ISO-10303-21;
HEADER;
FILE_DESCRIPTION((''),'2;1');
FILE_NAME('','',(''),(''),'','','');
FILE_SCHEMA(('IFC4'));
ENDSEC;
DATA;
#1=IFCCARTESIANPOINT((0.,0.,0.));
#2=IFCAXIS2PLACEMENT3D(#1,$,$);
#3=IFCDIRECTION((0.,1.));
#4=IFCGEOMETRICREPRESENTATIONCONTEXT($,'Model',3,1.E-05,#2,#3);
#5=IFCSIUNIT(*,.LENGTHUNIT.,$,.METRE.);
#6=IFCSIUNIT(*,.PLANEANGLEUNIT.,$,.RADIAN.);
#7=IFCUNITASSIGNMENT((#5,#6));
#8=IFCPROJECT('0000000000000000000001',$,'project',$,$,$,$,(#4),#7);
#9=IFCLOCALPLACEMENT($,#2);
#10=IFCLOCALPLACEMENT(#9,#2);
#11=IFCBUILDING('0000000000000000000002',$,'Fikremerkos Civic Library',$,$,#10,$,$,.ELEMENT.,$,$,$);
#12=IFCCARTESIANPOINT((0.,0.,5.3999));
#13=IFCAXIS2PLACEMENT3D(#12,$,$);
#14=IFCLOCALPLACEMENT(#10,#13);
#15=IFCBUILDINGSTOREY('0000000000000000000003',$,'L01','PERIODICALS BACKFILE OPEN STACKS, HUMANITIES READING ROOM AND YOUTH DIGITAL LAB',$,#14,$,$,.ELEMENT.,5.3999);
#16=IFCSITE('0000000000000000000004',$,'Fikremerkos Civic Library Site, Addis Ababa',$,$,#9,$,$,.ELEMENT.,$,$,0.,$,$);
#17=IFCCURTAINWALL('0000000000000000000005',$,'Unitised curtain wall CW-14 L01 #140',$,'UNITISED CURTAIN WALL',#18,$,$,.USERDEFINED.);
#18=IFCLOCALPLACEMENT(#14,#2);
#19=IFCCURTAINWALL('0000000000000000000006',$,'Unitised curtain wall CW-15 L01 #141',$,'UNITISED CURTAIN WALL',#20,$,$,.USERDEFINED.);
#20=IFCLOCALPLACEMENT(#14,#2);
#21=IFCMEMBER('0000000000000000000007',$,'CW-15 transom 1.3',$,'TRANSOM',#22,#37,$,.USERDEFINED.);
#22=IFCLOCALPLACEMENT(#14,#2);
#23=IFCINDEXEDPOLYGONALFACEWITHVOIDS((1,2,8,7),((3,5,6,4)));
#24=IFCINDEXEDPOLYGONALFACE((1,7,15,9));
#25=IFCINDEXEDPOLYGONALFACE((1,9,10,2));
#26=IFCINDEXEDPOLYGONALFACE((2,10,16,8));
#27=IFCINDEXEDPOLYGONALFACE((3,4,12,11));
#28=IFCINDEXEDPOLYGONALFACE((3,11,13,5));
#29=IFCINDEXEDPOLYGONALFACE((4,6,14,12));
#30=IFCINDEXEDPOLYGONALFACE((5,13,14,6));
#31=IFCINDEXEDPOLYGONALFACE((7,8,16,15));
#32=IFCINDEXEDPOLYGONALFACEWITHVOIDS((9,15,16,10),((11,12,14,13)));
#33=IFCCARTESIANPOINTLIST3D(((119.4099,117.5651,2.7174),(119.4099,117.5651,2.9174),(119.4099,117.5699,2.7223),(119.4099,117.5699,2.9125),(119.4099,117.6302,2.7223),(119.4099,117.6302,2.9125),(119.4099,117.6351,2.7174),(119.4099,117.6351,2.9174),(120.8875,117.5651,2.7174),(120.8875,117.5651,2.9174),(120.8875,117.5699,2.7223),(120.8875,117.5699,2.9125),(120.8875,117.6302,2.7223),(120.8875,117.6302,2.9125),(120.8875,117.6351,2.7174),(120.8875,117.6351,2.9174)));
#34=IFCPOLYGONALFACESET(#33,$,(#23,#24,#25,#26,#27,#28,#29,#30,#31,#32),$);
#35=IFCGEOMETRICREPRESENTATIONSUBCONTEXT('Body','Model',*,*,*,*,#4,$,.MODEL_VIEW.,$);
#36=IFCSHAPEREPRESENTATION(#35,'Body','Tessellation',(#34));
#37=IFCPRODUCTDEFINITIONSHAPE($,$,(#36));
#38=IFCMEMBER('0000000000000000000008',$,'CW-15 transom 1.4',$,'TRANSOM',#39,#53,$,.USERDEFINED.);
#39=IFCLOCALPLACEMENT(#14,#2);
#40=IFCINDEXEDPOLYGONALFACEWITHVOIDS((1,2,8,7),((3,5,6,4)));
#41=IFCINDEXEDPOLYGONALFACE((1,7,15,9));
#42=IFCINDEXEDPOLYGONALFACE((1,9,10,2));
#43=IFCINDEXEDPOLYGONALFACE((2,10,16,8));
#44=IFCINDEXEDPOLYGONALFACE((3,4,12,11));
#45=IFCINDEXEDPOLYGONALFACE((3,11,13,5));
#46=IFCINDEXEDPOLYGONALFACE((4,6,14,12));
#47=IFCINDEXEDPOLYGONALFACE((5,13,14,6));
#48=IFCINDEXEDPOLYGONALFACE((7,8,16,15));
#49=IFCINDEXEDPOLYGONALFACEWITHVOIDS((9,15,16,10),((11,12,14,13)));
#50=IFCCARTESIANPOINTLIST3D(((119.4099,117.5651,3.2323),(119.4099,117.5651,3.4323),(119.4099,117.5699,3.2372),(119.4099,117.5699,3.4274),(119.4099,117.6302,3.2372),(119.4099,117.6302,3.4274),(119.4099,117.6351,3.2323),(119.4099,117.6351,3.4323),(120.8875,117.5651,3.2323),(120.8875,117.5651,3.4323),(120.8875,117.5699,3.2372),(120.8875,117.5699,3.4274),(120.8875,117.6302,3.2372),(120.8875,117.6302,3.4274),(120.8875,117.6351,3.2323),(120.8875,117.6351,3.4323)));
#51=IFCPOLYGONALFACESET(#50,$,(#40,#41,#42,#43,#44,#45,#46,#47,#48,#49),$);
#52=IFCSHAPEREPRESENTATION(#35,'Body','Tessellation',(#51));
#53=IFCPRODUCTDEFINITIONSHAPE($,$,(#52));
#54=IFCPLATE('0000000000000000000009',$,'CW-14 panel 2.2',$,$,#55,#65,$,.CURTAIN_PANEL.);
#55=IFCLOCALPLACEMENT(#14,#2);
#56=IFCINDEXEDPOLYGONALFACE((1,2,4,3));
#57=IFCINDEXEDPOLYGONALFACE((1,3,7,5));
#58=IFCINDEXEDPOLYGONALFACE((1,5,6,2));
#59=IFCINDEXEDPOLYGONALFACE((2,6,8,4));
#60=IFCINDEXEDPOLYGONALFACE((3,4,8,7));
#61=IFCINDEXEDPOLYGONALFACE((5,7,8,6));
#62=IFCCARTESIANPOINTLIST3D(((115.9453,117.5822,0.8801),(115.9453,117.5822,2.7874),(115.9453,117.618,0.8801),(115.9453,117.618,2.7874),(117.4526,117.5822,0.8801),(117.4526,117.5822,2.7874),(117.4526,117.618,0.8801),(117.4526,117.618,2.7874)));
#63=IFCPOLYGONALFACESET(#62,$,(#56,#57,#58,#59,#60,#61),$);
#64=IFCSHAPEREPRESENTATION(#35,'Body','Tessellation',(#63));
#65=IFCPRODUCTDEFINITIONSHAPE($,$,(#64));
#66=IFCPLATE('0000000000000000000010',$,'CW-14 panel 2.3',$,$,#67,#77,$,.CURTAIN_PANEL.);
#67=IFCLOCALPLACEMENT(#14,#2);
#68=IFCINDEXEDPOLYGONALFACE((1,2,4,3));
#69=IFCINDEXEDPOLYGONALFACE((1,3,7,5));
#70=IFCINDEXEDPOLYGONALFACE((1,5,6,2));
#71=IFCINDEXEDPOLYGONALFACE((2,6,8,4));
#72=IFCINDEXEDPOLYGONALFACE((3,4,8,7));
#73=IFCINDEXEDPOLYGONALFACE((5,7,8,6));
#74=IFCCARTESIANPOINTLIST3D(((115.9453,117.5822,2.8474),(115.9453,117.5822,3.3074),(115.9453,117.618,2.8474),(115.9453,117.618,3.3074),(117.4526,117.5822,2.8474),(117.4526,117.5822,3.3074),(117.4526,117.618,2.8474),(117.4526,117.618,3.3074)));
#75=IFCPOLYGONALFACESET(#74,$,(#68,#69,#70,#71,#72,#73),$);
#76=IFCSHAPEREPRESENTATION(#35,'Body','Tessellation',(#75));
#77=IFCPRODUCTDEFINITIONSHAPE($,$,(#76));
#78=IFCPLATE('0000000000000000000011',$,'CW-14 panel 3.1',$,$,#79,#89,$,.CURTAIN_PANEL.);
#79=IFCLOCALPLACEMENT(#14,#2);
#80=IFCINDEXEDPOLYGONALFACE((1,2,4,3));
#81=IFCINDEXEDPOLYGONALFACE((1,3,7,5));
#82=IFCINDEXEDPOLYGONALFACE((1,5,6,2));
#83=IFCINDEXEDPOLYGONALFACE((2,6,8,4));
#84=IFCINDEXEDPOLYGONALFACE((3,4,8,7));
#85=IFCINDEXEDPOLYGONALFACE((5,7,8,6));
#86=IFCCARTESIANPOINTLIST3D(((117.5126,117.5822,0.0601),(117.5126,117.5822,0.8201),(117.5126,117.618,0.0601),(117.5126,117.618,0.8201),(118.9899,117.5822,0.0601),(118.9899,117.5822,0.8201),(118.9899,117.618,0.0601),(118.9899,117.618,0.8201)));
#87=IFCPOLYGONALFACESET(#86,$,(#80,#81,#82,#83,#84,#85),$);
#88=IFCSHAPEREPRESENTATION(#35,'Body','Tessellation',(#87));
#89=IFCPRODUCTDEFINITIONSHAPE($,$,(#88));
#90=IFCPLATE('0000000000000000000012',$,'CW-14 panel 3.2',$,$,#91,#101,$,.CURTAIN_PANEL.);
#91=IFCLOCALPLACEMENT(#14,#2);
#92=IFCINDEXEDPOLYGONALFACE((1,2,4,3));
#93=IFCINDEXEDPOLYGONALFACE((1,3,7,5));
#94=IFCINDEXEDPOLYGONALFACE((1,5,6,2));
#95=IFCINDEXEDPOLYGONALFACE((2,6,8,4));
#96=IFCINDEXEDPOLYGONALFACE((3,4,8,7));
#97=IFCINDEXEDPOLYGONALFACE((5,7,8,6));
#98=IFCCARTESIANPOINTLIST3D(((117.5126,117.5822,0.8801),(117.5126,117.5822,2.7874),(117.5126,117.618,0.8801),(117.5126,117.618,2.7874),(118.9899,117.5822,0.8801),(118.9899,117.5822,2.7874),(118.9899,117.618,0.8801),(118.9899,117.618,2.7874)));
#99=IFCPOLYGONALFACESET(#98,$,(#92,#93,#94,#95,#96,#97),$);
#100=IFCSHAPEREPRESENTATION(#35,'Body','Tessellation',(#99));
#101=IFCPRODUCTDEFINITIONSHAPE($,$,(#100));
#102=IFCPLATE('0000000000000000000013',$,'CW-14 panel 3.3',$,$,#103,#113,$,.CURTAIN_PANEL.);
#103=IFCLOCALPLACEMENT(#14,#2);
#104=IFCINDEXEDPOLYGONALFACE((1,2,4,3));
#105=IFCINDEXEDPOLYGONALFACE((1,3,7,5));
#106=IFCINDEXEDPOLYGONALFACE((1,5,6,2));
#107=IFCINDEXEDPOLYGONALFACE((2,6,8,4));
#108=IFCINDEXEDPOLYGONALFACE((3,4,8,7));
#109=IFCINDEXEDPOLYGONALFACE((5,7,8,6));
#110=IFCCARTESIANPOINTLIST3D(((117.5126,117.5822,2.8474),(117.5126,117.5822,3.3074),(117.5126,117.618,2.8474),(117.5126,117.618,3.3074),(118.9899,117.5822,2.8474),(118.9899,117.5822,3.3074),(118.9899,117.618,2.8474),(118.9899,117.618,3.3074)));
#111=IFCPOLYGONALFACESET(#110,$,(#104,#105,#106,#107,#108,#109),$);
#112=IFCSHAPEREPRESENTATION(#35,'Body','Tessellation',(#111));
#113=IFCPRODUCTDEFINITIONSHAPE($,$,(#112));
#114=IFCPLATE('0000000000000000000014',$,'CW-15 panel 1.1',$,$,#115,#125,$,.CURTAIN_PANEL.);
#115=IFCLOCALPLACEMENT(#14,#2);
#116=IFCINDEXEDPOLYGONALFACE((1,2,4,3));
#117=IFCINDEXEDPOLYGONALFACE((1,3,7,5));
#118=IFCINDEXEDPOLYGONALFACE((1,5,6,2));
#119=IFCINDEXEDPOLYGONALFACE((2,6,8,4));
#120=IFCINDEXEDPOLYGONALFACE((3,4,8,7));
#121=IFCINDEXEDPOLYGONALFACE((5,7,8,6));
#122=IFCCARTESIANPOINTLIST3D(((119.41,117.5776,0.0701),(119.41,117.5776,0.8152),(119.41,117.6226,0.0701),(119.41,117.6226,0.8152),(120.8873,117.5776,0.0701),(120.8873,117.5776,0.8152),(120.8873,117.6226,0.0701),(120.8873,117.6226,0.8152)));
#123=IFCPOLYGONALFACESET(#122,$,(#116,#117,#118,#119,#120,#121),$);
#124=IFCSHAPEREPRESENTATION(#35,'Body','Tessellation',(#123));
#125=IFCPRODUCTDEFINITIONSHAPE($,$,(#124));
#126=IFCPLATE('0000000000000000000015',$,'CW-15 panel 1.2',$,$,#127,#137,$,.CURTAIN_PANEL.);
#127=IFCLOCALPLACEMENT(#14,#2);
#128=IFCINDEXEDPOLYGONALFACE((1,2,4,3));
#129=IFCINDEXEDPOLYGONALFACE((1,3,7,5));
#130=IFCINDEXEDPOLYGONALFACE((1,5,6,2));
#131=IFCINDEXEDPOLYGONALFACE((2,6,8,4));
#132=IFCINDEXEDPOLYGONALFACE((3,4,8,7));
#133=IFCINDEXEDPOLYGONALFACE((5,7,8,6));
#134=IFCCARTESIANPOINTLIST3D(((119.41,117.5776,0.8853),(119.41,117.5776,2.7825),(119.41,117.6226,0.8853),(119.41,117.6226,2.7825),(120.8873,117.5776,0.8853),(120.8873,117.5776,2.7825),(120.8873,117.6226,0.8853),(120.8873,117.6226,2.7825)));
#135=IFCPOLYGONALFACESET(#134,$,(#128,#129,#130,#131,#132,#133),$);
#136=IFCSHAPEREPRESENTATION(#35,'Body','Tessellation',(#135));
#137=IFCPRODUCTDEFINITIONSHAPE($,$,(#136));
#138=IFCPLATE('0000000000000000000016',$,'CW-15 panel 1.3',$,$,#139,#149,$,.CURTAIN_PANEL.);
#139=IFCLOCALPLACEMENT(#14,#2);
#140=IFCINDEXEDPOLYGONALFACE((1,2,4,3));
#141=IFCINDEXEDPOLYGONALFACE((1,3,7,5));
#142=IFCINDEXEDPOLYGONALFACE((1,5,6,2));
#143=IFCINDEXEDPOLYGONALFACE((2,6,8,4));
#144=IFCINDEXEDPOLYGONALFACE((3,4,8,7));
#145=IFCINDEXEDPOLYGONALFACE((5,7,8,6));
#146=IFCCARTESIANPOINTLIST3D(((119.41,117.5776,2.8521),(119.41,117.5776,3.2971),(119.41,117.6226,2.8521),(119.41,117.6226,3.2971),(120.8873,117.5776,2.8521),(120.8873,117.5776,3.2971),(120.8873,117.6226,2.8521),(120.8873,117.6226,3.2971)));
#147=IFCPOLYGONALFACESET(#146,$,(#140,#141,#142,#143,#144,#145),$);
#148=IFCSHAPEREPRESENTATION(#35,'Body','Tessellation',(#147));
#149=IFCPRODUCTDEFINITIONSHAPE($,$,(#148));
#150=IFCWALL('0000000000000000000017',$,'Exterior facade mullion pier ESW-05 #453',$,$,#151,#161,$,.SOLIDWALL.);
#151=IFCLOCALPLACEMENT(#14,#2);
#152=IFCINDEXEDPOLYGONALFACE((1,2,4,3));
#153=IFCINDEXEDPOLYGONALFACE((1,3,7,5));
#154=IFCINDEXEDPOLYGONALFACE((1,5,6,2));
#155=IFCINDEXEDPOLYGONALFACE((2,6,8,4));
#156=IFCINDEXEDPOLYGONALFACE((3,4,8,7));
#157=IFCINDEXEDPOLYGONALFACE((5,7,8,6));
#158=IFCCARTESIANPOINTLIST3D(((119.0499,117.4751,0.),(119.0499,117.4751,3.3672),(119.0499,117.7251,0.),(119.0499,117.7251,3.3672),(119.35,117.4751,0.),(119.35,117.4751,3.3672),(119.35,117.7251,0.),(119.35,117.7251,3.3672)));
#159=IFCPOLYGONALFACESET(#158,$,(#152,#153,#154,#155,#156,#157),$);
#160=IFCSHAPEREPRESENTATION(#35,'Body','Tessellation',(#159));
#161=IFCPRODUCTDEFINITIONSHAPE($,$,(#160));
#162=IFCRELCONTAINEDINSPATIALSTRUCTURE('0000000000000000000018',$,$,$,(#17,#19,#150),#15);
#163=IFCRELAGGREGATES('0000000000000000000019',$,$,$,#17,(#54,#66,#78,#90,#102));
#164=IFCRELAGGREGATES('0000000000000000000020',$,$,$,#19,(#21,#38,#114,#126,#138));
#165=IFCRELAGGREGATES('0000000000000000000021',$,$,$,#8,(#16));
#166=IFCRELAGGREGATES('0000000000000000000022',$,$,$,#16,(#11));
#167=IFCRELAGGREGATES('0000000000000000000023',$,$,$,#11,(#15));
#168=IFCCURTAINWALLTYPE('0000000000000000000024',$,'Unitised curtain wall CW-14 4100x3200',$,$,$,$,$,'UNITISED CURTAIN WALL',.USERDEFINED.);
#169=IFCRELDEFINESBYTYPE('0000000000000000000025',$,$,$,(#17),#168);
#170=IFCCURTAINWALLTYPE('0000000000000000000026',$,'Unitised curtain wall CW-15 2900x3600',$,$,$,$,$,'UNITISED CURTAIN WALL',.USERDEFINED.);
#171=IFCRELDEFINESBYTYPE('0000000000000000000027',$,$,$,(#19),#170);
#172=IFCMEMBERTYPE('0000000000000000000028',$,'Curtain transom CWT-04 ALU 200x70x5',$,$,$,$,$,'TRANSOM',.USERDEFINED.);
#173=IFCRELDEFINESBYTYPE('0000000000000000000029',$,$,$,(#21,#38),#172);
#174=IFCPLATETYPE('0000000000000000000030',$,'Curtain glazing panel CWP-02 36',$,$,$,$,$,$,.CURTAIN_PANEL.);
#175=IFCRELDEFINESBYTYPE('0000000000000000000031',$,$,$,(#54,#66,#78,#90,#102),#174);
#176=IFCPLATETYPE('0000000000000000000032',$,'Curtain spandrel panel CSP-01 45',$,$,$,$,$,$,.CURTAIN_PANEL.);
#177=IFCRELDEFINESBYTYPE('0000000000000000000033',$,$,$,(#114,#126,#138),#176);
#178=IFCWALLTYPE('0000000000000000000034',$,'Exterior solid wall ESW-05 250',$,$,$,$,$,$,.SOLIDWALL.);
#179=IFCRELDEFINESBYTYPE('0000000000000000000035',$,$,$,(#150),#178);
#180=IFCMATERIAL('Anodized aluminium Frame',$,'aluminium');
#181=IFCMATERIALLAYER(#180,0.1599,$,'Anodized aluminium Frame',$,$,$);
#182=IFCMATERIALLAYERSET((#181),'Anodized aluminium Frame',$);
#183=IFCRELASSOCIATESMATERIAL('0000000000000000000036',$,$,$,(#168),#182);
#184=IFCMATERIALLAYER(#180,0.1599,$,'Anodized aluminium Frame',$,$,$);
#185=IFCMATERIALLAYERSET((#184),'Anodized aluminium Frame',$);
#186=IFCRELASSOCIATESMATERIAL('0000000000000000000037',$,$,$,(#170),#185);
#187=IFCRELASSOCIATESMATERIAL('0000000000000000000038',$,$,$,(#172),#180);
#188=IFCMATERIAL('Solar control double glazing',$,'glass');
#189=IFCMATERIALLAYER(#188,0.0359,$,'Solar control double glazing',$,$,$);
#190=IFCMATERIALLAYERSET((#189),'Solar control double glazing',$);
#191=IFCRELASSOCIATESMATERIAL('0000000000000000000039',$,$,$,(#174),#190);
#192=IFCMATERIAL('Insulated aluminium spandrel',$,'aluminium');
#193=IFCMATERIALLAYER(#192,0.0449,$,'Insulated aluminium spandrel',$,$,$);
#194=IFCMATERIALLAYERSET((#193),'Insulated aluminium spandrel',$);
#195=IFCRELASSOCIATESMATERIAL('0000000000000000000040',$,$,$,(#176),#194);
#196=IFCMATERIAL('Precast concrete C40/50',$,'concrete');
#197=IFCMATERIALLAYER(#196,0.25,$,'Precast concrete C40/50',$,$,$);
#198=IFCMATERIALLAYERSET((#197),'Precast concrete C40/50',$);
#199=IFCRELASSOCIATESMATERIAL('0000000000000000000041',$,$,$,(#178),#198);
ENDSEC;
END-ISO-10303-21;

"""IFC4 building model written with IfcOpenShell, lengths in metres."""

from ifc_helpers import new_model, si_unit, direction, frame, frame_2d, origin, origin_2d, place, context, subcontext, project, spatial, rectangle, hollow_rectangle, extrude, material, layer, layer_set, material_profile, profile_set, type_object, element, aggregate, save


model = new_model("IFC4")

# Units and contexts
model_context = context("Model", 3, precision=1e-05, world=origin(), true_north=direction((0.0, 1.0)))
body_context = subcontext(model_context, "Body", "Model", "MODEL_VIEW")
ifc_project = project(units=[si_unit("LENGTHUNIT", "METRE"), si_unit("PLANEANGLEUNIT", "RADIAN")], contexts=[model_context])

# Site, building, storey
site_placement = place(None, origin())
site = spatial("IfcSite", under=ifc_project, at=site_placement, Name="Fikremerkos Civic Library Site, Addis Ababa", CompositionType="ELEMENT", RefElevation=0.0)
building_placement = place(site_placement, origin())
building = spatial("IfcBuilding", under=site, at=building_placement, Name="Fikremerkos Civic Library", CompositionType="ELEMENT")
storey_placement = place(building_placement, frame((0.0, 0.0, 5.3999)))
storey = spatial("IfcBuildingStorey", under=building, at=storey_placement, Name="L01", Description="PERIODICALS BACKFILE OPEN STACKS, HUMANITIES READING ROOM AND YOUTH DIGITAL LAB", CompositionType="ELEMENT", Elevation=5.3999)

# Curtain walls
ifc_material_1 = material(Name="Anodized aluminium Frame", Category="aluminium")
ifc_layer_1 = layer(ifc_material_1, 0.1599, Name="Anodized aluminium Frame")
ifc_layer_set_1 = layer_set([ifc_layer_1], Name="Anodized aluminium Frame")
curtain_wall_type_1 = type_object("IfcCurtainWallType", Name="Unitised curtain wall CW-14 4100x3200", ElementType="UNITISED CURTAIN WALL", PredefinedType="USERDEFINED", material=ifc_layer_set_1)
curtain_wall_1_placement = place(storey_placement, origin())
curtain_wall_1 = element("IfcCurtainWall", 1, at=curtain_wall_1_placement, inside=storey, type_object=curtain_wall_type_1, Name="Unitised curtain wall CW-14 L01 #140", ObjectType="UNITISED CURTAIN WALL", PredefinedType="USERDEFINED")
ifc_layer_2 = layer(ifc_material_1, 0.1599, Name="Anodized aluminium Frame")
ifc_layer_set_2 = layer_set([ifc_layer_2], Name="Anodized aluminium Frame")
curtain_wall_type_2 = type_object("IfcCurtainWallType", Name="Unitised curtain wall CW-15 2900x3600", ElementType="UNITISED CURTAIN WALL", PredefinedType="USERDEFINED", material=ifc_layer_set_2)
curtain_wall_2_placement = place(storey_placement, origin())
curtain_wall_2 = element("IfcCurtainWall", 2, at=curtain_wall_2_placement, inside=storey, type_object=curtain_wall_type_2, Name="Unitised curtain wall CW-15 L01 #141", ObjectType="UNITISED CURTAIN WALL", PredefinedType="USERDEFINED")

# Members
ifc_material_profile_1 = material_profile(ifc_material_1, hollow_rectangle(XDim=0.0701, YDim=0.2, WallThickness=0.0049, at=origin_2d()), Name="ALU 200x70x5")
ifc_profile_set_1 = profile_set([ifc_material_profile_1], Name="Anodized aluminium Frame")
member_type_1 = type_object("IfcMemberType", Name="Curtain transom CWT-04 ALU 200x70x5", ElementType="TRANSOM", PredefinedType="USERDEFINED", material=ifc_profile_set_1)
member_1_placement = place(storey_placement, frame((119.4099, 117.6001, 2.8174), z_axis=(1.0, 0.0, 0.0), x_axis=(0.0, 1.0, 0.0)))
member_1 = element("IfcMember", 3, at=member_1_placement, type_object=member_type_1, Name="CW-15 transom 1.3", ObjectType="TRANSOM", PredefinedType="USERDEFINED", context=body_context, shape_type="SweptSolid", body=[
    extrude(hollow_rectangle(XDim=0.0701, YDim=0.2, WallThickness=0.0049, at=origin_2d()), origin(), (0.0, 0.0, 1.0), 1.4775),
])
member_2_placement = place(storey_placement, frame((119.4099, 117.6001, 3.3323), z_axis=(1.0, 0.0, 0.0), x_axis=(0.0, 1.0, 0.0)))
member_2 = element("IfcMember", 4, at=member_2_placement, type_object=member_type_1, Name="CW-15 transom 1.4", ObjectType="TRANSOM", PredefinedType="USERDEFINED", context=body_context, shape_type="SweptSolid", body=[
    extrude(hollow_rectangle(XDim=0.0701, YDim=0.2, WallThickness=0.0049, at=origin_2d()), origin(), (0.0, 0.0, 1.0), 1.4775),
])

# Plates
ifc_material_2 = material(Name="Solar control double glazing", Category="glass")
ifc_layer_3 = layer(ifc_material_2, 0.0359, Name="Solar control double glazing")
ifc_layer_set_3 = layer_set([ifc_layer_3], Name="Solar control double glazing")
plate_type_1 = type_object("IfcPlateType", Name="Curtain glazing panel CWP-02 36", PredefinedType="CURTAIN_PANEL", material=ifc_layer_set_3)
plate_1_placement = place(storey_placement, frame((116.699, 117.6001, 0.8801), z_axis=(0.0, 0.0, 1.0), x_axis=(1.0, 0.0, 0.0)))
plate_1 = element("IfcPlate", 5, at=plate_1_placement, type_object=plate_type_1, Name="CW-14 panel 2.2", PredefinedType="CURTAIN_PANEL", context=body_context, shape_type="SweptSolid", body=[
    extrude(rectangle(XDim=1.5073, YDim=0.0359, at=origin_2d()), origin(), (0.0, 0.0, 1.0), 1.9072),
])
plate_2_placement = place(storey_placement, frame((116.699, 117.6001, 2.8474), z_axis=(0.0, 0.0, 1.0), x_axis=(1.0, 0.0, 0.0)))
plate_2 = element("IfcPlate", 6, at=plate_2_placement, type_object=plate_type_1, Name="CW-14 panel 2.3", PredefinedType="CURTAIN_PANEL", context=body_context, shape_type="SweptSolid", body=[
    extrude(rectangle(XDim=1.5073, YDim=0.0359, at=origin_2d()), origin(), (0.0, 0.0, 1.0), 0.46),
])
plate_3_placement = place(storey_placement, frame((118.2512, 117.6001, 0.0601), z_axis=(0.0, 0.0, 1.0), x_axis=(1.0, 0.0, 0.0)))
plate_3 = element("IfcPlate", 7, at=plate_3_placement, type_object=plate_type_1, Name="CW-14 panel 3.1", PredefinedType="CURTAIN_PANEL", context=body_context, shape_type="SweptSolid", body=[
    extrude(rectangle(XDim=1.4773, YDim=0.0359, at=origin_2d()), origin(), (0.0, 0.0, 1.0), 0.76),
])
plate_4_placement = place(storey_placement, frame((118.2512, 117.6001, 0.8801), z_axis=(0.0, 0.0, 1.0), x_axis=(1.0, 0.0, 0.0)))
plate_4 = element("IfcPlate", 8, at=plate_4_placement, type_object=plate_type_1, Name="CW-14 panel 3.2", PredefinedType="CURTAIN_PANEL", context=body_context, shape_type="SweptSolid", body=[
    extrude(rectangle(XDim=1.4773, YDim=0.0359, at=origin_2d()), origin(), (0.0, 0.0, 1.0), 1.9072),
])
plate_5_placement = place(storey_placement, frame((118.2512, 117.6001, 2.8474), z_axis=(0.0, 0.0, 1.0), x_axis=(1.0, 0.0, 0.0)))
plate_5 = element("IfcPlate", 9, at=plate_5_placement, type_object=plate_type_1, Name="CW-14 panel 3.3", PredefinedType="CURTAIN_PANEL", context=body_context, shape_type="SweptSolid", body=[
    extrude(rectangle(XDim=1.4773, YDim=0.0359, at=origin_2d()), origin(), (0.0, 0.0, 1.0), 0.46),
])
aggregate(curtain_wall_1, [plate_1, plate_2, plate_3, plate_4, plate_5])
ifc_material_3 = material(Name="Insulated aluminium spandrel", Category="aluminium")
ifc_layer_4 = layer(ifc_material_3, 0.0449, Name="Insulated aluminium spandrel")
ifc_layer_set_4 = layer_set([ifc_layer_4], Name="Insulated aluminium spandrel")
plate_type_2 = type_object("IfcPlateType", Name="Curtain spandrel panel CSP-01 45", PredefinedType="CURTAIN_PANEL", material=ifc_layer_set_4)
plate_6_placement = place(storey_placement, frame((120.1487, 117.6001, 0.0701), z_axis=(0.0, 0.0, 1.0), x_axis=(1.0, 0.0, 0.0)))
plate_6 = element("IfcPlate", 10, at=plate_6_placement, type_object=plate_type_2, Name="CW-15 panel 1.1", PredefinedType="CURTAIN_PANEL", context=body_context, shape_type="SweptSolid", body=[
    extrude(rectangle(XDim=1.4773, YDim=0.0449, at=origin_2d()), origin(), (0.0, 0.0, 1.0), 0.7451),
])
plate_7_placement = place(storey_placement, frame((120.1487, 117.6001, 0.8853), z_axis=(0.0, 0.0, 1.0), x_axis=(1.0, 0.0, 0.0)))
plate_7 = element("IfcPlate", 11, at=plate_7_placement, type_object=plate_type_2, Name="CW-15 panel 1.2", PredefinedType="CURTAIN_PANEL", context=body_context, shape_type="SweptSolid", body=[
    extrude(rectangle(XDim=1.4773, YDim=0.0449, at=origin_2d()), origin(), (0.0, 0.0, 1.0), 1.8972),
])
plate_8_placement = place(storey_placement, frame((120.1487, 117.6001, 2.8521), z_axis=(0.0, 0.0, 1.0), x_axis=(1.0, 0.0, 0.0)))
plate_8 = element("IfcPlate", 12, at=plate_8_placement, type_object=plate_type_2, Name="CW-15 panel 1.3", PredefinedType="CURTAIN_PANEL", context=body_context, shape_type="SweptSolid", body=[
    extrude(rectangle(XDim=1.4773, YDim=0.0449, at=origin_2d()), origin(), (0.0, 0.0, 1.0), 0.4451),
])
aggregate(curtain_wall_2, [member_1, member_2, plate_6, plate_7, plate_8])

# Wall
ifc_material_4 = material(Name="Precast concrete C40/50", Category="concrete")
ifc_layer_5 = layer(ifc_material_4, 0.25, Name="Precast concrete C40/50")
ifc_layer_set_5 = layer_set([ifc_layer_5], Name="Precast concrete C40/50")
wall_type = type_object("IfcWallType", Name="Exterior solid wall ESW-05 250", PredefinedType="SOLIDWALL", material=ifc_layer_set_5)
wall_placement = place(storey_placement, frame((119.05, 117.6001, 0.0), z_axis=(0.0, 0.0, 1.0), x_axis=(1.0, 0.0, 0.0)))
element("IfcWall", 13, at=wall_placement, inside=storey, type_object=wall_type, Name="Exterior facade mullion pier ESW-05 #453", PredefinedType="SOLIDWALL", context=body_context, shape_type="SweptSolid", body=[
    extrude(rectangle(XDim=0.3, YDim=0.25, at=frame_2d((0.1499, 0.0))), origin(), (0.0, 0.0, 1.0), 3.3672),
])

save(model, "model.ifc")
